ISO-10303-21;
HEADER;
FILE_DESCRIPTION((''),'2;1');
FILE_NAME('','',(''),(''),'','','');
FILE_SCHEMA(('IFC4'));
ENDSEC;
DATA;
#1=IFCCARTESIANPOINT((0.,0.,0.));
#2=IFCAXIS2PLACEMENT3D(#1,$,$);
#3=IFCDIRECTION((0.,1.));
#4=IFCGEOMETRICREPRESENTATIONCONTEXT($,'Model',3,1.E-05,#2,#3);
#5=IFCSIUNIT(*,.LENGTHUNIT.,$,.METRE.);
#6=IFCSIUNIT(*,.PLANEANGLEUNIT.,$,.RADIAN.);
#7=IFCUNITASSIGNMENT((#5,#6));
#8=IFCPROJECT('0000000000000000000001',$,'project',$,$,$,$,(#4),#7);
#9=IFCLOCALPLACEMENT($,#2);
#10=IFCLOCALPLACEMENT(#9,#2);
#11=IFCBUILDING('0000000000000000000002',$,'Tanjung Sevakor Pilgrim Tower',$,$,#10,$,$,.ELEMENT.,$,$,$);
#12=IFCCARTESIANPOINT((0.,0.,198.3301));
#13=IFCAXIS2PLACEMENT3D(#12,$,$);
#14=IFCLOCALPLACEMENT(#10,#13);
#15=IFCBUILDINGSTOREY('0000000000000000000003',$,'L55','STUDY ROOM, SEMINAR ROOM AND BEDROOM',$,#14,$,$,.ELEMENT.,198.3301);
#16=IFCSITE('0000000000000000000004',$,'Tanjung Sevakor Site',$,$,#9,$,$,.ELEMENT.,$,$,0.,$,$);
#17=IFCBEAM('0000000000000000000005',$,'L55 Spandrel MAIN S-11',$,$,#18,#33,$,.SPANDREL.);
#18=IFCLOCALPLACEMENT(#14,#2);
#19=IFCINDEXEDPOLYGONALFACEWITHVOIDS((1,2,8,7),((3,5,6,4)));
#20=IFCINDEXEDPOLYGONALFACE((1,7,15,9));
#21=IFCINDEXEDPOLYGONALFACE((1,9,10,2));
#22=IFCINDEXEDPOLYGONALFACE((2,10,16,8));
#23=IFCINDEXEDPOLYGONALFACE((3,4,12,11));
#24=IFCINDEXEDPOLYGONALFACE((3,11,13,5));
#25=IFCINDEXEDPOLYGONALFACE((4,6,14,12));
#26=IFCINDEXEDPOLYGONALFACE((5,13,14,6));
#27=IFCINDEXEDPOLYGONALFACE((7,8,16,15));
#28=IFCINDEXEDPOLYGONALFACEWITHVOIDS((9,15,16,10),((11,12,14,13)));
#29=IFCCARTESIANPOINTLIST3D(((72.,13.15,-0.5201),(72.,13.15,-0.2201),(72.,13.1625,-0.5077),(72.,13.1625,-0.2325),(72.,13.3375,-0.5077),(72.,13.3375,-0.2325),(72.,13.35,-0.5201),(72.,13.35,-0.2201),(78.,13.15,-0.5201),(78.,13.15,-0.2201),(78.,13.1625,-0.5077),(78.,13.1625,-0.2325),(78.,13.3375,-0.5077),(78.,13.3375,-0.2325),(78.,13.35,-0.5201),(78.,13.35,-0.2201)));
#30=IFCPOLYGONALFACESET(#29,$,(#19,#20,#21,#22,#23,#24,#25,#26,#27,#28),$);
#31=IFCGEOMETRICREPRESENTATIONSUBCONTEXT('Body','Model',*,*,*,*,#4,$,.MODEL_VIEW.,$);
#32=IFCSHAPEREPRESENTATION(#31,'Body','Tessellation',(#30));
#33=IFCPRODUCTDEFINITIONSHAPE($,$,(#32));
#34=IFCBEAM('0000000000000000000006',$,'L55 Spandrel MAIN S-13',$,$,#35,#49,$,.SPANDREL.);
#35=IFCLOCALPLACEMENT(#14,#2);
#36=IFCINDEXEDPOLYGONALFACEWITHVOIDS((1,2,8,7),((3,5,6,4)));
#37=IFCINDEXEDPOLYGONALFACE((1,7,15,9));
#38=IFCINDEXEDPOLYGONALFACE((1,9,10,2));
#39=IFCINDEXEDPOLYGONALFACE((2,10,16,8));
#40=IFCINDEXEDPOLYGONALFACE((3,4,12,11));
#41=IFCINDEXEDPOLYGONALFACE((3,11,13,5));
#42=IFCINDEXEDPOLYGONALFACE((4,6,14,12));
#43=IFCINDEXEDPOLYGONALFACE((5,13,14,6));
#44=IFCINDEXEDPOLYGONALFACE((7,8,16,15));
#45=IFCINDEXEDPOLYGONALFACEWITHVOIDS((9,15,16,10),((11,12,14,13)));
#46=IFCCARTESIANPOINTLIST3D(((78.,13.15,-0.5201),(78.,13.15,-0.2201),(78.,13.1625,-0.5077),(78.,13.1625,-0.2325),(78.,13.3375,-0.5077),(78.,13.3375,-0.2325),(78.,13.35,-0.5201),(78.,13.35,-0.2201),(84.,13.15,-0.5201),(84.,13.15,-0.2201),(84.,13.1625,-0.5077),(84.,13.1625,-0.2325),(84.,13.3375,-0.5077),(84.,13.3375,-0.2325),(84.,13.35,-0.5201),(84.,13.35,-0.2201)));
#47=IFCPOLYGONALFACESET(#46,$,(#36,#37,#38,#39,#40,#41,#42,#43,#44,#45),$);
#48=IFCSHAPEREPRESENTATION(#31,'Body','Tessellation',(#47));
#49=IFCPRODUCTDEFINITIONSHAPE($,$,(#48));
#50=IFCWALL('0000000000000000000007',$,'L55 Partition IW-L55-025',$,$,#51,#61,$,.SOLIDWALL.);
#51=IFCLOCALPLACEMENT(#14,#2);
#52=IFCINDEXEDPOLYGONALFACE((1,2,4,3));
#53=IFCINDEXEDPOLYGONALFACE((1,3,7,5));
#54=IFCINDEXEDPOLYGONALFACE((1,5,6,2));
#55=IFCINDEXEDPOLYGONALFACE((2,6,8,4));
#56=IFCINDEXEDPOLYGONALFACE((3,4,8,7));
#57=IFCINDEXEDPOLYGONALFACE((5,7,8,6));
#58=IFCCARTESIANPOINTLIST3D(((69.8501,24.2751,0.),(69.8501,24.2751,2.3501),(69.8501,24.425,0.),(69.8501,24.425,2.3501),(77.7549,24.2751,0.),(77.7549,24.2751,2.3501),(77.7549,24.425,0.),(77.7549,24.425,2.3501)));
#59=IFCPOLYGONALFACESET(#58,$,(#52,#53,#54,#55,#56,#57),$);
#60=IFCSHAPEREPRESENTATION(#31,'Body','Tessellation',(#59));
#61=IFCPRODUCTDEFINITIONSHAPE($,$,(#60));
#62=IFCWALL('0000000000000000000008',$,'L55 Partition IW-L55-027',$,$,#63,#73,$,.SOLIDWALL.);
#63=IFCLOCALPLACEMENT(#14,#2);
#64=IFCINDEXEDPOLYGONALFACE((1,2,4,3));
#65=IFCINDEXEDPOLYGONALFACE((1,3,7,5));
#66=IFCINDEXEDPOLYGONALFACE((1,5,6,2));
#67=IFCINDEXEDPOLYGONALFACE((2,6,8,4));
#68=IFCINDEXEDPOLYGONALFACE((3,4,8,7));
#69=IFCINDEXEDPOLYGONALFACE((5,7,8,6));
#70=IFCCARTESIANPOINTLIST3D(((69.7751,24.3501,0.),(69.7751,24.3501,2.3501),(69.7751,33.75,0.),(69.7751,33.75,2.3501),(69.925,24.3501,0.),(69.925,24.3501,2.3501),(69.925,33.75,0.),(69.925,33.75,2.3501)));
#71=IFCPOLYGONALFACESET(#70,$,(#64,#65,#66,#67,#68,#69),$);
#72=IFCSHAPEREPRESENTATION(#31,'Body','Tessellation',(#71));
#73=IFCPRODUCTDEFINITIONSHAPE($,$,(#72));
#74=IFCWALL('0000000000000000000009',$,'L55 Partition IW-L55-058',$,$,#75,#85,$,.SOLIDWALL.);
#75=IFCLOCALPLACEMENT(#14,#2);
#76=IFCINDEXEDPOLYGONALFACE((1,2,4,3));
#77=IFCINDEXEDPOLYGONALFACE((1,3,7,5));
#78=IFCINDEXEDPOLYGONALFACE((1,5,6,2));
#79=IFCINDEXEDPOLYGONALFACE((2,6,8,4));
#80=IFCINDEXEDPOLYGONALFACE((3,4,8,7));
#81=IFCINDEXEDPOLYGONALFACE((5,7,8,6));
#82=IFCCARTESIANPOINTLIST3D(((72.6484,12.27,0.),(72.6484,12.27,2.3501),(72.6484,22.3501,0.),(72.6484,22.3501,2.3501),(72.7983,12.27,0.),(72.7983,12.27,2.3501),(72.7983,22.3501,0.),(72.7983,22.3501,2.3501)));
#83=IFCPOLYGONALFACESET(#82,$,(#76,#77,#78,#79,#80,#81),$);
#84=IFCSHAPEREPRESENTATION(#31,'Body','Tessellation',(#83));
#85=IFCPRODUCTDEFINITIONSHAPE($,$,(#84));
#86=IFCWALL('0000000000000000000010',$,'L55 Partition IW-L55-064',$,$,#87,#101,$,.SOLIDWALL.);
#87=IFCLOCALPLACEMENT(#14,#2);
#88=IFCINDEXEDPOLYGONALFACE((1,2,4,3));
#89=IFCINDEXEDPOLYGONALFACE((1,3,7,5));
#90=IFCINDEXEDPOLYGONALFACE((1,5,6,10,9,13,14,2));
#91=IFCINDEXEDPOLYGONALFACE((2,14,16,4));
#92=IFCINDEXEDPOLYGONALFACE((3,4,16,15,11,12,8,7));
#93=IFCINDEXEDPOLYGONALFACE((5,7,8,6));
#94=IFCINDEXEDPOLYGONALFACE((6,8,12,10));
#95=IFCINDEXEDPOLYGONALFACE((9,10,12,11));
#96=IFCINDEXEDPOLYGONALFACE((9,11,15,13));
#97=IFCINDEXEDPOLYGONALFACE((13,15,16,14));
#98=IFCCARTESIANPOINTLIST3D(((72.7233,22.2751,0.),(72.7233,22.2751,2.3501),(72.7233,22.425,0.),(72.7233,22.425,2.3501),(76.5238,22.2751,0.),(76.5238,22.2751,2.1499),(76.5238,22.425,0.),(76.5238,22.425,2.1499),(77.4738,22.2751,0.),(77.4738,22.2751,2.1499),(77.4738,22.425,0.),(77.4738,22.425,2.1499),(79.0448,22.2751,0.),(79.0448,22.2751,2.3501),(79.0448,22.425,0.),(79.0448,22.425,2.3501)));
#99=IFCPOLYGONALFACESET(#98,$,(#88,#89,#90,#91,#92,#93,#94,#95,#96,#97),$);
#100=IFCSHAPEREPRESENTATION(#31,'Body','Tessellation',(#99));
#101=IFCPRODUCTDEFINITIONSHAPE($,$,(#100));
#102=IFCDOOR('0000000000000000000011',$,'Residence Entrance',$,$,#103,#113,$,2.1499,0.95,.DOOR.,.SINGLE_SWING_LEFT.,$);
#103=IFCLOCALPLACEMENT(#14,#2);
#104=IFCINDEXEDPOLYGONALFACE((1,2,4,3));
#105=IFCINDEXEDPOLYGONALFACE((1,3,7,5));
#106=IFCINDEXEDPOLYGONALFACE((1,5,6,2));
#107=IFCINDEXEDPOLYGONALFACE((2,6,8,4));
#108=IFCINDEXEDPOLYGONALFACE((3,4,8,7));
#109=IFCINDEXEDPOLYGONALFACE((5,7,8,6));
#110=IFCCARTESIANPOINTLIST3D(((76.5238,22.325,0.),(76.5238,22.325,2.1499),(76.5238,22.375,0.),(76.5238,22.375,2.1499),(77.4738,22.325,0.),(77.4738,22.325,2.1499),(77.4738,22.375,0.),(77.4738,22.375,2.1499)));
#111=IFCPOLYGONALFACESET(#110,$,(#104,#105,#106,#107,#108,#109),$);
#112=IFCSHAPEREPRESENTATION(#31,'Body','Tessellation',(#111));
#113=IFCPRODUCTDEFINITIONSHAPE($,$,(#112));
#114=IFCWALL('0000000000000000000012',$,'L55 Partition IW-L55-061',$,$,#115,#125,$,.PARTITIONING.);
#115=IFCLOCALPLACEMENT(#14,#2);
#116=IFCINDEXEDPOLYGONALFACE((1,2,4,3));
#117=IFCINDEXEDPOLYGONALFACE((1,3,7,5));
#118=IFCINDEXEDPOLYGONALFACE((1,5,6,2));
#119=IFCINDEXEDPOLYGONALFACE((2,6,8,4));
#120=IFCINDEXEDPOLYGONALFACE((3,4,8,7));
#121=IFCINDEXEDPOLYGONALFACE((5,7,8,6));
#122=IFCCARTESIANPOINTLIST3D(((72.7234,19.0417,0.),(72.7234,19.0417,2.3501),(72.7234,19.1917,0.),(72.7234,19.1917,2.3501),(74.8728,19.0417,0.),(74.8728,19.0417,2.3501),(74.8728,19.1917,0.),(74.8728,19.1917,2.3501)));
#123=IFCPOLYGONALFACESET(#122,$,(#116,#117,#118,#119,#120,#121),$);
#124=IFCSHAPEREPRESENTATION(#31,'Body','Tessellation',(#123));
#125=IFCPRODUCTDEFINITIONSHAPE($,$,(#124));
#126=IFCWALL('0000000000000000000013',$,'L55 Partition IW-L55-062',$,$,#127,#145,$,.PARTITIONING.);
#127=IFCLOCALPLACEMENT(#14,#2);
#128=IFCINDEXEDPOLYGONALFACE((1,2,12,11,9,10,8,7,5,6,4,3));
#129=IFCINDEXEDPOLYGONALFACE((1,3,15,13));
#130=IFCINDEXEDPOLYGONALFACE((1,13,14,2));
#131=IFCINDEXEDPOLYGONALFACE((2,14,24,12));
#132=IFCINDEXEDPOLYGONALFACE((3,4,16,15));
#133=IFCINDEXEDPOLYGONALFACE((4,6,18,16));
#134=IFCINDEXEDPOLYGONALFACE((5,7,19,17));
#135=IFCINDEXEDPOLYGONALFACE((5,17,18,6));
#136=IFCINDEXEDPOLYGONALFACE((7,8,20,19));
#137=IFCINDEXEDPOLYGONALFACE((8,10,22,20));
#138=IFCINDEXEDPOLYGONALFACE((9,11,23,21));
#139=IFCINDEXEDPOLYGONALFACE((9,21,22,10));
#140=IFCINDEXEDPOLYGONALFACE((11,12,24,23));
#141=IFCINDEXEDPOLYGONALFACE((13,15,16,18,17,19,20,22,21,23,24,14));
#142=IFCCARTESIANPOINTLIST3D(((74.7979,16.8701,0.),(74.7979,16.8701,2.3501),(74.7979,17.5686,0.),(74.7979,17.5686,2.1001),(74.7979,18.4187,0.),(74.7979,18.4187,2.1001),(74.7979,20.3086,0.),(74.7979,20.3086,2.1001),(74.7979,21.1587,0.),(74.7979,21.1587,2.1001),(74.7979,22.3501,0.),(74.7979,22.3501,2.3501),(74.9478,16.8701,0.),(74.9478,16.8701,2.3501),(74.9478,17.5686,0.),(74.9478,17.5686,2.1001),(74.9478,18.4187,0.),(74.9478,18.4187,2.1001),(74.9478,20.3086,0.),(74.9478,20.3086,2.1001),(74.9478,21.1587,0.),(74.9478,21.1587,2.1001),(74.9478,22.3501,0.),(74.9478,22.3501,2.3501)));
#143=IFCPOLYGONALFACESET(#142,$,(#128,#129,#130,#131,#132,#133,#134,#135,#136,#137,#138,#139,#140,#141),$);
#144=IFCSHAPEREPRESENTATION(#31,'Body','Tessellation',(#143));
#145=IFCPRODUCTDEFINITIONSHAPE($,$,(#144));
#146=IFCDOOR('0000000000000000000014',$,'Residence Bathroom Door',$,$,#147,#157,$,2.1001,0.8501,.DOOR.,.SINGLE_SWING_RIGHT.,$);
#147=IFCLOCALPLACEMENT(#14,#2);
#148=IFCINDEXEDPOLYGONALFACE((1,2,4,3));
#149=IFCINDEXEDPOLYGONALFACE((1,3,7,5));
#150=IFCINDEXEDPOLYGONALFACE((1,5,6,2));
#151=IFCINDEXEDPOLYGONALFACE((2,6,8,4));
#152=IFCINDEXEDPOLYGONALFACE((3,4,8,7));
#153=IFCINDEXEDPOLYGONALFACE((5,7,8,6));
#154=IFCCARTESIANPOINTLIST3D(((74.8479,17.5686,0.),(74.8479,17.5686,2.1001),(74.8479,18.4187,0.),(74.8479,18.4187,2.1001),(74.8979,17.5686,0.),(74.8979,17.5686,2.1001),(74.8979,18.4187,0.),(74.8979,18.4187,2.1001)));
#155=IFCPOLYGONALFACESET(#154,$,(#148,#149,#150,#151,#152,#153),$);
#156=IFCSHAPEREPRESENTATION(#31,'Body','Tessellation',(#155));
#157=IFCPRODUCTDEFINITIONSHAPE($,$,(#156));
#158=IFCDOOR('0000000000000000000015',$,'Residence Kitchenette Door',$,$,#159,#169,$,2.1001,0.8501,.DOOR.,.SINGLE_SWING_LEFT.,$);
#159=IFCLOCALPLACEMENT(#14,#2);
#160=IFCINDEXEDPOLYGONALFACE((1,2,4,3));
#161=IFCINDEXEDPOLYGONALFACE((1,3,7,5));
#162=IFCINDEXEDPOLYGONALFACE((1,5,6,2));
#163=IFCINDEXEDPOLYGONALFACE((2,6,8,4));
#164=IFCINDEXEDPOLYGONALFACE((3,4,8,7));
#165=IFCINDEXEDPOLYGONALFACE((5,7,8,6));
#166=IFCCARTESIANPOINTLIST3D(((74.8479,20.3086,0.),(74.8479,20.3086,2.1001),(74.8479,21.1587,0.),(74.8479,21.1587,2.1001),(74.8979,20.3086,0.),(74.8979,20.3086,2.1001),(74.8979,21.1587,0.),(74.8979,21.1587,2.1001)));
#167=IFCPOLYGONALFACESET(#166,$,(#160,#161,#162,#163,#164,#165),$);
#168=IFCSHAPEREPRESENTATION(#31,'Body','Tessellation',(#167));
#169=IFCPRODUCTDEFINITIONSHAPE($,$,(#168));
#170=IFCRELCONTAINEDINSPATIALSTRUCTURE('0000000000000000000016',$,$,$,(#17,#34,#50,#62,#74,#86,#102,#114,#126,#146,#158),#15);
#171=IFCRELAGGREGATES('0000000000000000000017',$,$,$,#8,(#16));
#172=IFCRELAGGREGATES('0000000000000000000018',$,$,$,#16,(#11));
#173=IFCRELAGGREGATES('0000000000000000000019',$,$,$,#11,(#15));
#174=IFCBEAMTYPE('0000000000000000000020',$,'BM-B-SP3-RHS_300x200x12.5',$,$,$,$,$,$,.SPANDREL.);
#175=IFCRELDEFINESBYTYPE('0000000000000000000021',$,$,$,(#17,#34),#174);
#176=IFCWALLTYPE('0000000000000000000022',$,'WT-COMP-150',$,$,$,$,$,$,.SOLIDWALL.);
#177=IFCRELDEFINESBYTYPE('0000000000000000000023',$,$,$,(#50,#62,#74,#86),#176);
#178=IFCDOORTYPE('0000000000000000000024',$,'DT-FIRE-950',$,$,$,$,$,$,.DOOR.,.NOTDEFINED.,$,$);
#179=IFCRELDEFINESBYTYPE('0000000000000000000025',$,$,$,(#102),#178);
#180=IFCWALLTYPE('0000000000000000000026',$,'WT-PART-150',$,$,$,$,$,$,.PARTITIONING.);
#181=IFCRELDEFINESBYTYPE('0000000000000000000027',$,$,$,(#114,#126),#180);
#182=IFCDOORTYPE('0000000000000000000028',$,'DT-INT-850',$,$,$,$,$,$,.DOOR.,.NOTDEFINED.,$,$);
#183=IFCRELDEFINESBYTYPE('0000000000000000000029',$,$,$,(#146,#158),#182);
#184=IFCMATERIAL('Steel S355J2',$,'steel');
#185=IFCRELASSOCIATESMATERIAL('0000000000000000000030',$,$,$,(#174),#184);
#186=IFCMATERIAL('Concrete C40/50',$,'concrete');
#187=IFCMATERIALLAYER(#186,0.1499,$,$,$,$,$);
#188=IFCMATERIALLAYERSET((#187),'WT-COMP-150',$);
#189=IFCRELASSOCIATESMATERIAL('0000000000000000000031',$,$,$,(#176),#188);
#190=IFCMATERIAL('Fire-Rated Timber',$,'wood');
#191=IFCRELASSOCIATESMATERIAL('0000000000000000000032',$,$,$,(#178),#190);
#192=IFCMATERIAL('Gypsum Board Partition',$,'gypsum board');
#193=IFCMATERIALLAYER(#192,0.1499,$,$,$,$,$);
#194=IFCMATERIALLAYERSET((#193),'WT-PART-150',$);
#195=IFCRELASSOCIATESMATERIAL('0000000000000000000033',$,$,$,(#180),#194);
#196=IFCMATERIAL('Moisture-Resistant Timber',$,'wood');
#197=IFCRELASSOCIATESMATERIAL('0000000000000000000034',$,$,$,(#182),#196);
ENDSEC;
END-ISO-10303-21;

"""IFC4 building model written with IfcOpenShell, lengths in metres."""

from ifc_helpers import new_model, si_unit, direction, frame, frame_2d, origin, origin_2d, place, context, subcontext, project, spatial, rectangle, hollow_rectangle, extrude, material, layer, layer_set, material_profile, profile_set, type_object, element, fill, save


model = new_model("IFC4")

# Units and contexts
model_context = context("Model", 3, precision=1e-05, world=origin(), true_north=direction((0.0, 1.0)))
body_context = subcontext(model_context, "Body", "Model", "MODEL_VIEW")
ifc_project = project(units=[si_unit("LENGTHUNIT", "METRE"), si_unit("PLANEANGLEUNIT", "RADIAN")], contexts=[model_context])

# Site, building, storey
site_placement = place(None, origin())
site = spatial("IfcSite", under=ifc_project, at=site_placement, Name="Tanjung Sevakor Site", CompositionType="ELEMENT", RefElevation=0.0)
building_placement = place(site_placement, origin())
building = spatial("IfcBuilding", under=site, at=building_placement, Name="Tanjung Sevakor Pilgrim Tower", CompositionType="ELEMENT")
storey_placement = place(building_placement, frame((0.0, 0.0, 198.3301)))
storey = spatial("IfcBuildingStorey", under=building, at=storey_placement, Name="L55", Description="STUDY ROOM, SEMINAR ROOM AND BEDROOM", CompositionType="ELEMENT", Elevation=198.3301)

# Beams
ifc_material_1 = material(Name="Steel S355J2", Category="steel")
ifc_material_profile_1 = material_profile(ifc_material_1, hollow_rectangle(XDim=0.2, YDim=0.3, WallThickness=0.0125, at=origin_2d()))
ifc_profile_set_1 = profile_set([ifc_material_profile_1], Name="Steel S355J2")
beam_type_1 = type_object("IfcBeamType", Name="BM-B-SP3-RHS_300x200x12.5", PredefinedType="SPANDREL", material=ifc_profile_set_1)
for number, where, z_axis, x_axis, name in (
    (1, (72.0, 13.25, -0.3701), (1.0, 0.0, 0.0), (0.0, 1.0, 0.0), "L55 Spandrel MAIN S-11"),
    (2, (78.0, 13.25, -0.3701), (1.0, 0.0, 0.0), (0.0, 1.0, 0.0), "L55 Spandrel MAIN S-13"),
):
    element("IfcBeam", number, at=place(storey_placement, frame(where, z_axis=z_axis, x_axis=x_axis)), inside=storey, type_object=beam_type_1, Name=name, PredefinedType="SPANDREL", context=body_context, shape_type="SweptSolid", body=[
        extrude(hollow_rectangle(XDim=0.2, YDim=0.3, WallThickness=0.0125, at=origin_2d()), origin(), (0.0, 0.0, 1.0), 6.0),
    ])

# Walls
ifc_material_2 = material(Name="Concrete C40/50", Category="concrete")
ifc_layer_1 = layer(ifc_material_2, 0.1499)
ifc_layer_set_1 = layer_set([ifc_layer_1], Name="WT-COMP-150")
wall_type_1 = type_object("IfcWallType", Name="WT-COMP-150", PredefinedType="SOLIDWALL", material=ifc_layer_set_1)
wall_1_placement = place(storey_placement, frame((69.8501, 24.3501, 0.0), z_axis=(0.0, 0.0, 1.0), x_axis=(1.0, 0.0, 0.0)))
element("IfcWall", 3, at=wall_1_placement, inside=storey, type_object=wall_type_1, Name="L55 Partition IW-L55-025", PredefinedType="SOLIDWALL", context=body_context, shape_type="SweptSolid", body=[
    extrude(rectangle(XDim=7.9048, YDim=0.1499, at=frame_2d((3.9524, 0.0))), origin(), (0.0, 0.0, 1.0), 2.3501),
])
wall_2_placement = place(storey_placement, frame((69.8501, 24.3501, 0.0), z_axis=(0.0, 0.0, 1.0), x_axis=(0.0, 1.0, 0.0)))
element("IfcWall", 4, at=wall_2_placement, inside=storey, type_object=wall_type_1, Name="L55 Partition IW-L55-027", PredefinedType="SOLIDWALL", context=body_context, shape_type="SweptSolid", body=[
    extrude(rectangle(XDim=9.3999, YDim=0.1499, at=frame_2d((4.7, 0.0))), origin(), (0.0, 0.0, 1.0), 2.3501),
])
wall_3_placement = place(storey_placement, frame((72.7234, 12.27, 0.0), z_axis=(0.0, 0.0, 1.0), x_axis=(0.0, 1.0, 0.0)))
element("IfcWall", 5, at=wall_3_placement, inside=storey, type_object=wall_type_1, Name="L55 Partition IW-L55-058", PredefinedType="SOLIDWALL", context=body_context, shape_type="SweptSolid", body=[
    extrude(rectangle(XDim=10.0801, YDim=0.1499, at=frame_2d((5.04, 0.0))), origin(), (0.0, 0.0, 1.0), 2.3501),
])

# Wall, opening, door
wall_4_placement = place(storey_placement, frame((72.7234, 22.3501, 0.0), z_axis=(0.0, 0.0, 1.0), x_axis=(1.0, 0.0, 0.0)))
wall_4 = element("IfcWall", 6, at=wall_4_placement, inside=storey, type_object=wall_type_1, Name="L55 Partition IW-L55-064", PredefinedType="SOLIDWALL", context=body_context, shape_type="SweptSolid", body=[
    extrude(rectangle(XDim=6.3215, YDim=0.1499, at=frame_2d((3.1606, 0.0))), origin(), (0.0, 0.0, 1.0), 2.3501),
])
opening_1_placement = place(wall_4_placement, frame((3.8003, 0.0, 0.0)))
opening_1 = element("IfcOpeningElement", 7, at=opening_1_placement, cuts=wall_4, PredefinedType="OPENING", context=body_context, shape_type="SweptSolid", body=[
    extrude(rectangle(XDim=0.95, YDim=2.1499, at=frame_2d((0.4751, 1.075))), frame((0.0, 0.085, 0.0), z_axis=(0.0, -1.0, 0.0), x_axis=(1.0, 0.0, 0.0)), (0.0, 0.0, 1.0), 0.1699),
])
ifc_material_3 = material(Name="Fire-Rated Timber", Category="wood")
door_type_1 = type_object("IfcDoorType", Name="DT-FIRE-950", OperationType="NOTDEFINED", PredefinedType="DOOR", material=ifc_material_3)
door_1_placement = place(opening_1_placement, origin())
door_1 = element("IfcDoor", 8, at=door_1_placement, inside=storey, type_object=door_type_1, Name="Residence Entrance", OperationType="SINGLE_SWING_LEFT", OverallHeight=2.1499, OverallWidth=0.95, PredefinedType="DOOR", context=body_context, shape_type="SweptSolid", body=[
    extrude(rectangle(XDim=0.95, YDim=2.1499, at=frame_2d((0.4751, 1.075))), frame((0.0, 0.0249, 0.0), z_axis=(0.0, -1.0, 0.0), x_axis=(1.0, 0.0, 0.0)), (0.0, 0.0, 1.0), 0.05),
])
fill(opening_1, door_1)

# Wall
ifc_material_4 = material(Name="Gypsum Board Partition", Category="gypsum board")
ifc_layer_2 = layer(ifc_material_4, 0.1499)
ifc_layer_set_2 = layer_set([ifc_layer_2], Name="WT-PART-150")
wall_type_2 = type_object("IfcWallType", Name="WT-PART-150", PredefinedType="PARTITIONING", material=ifc_layer_set_2)
wall_5_placement = place(storey_placement, frame((72.7234, 19.1167, 0.0), z_axis=(0.0, 0.0, 1.0), x_axis=(1.0, 0.0, 0.0)))
element("IfcWall", 9, at=wall_5_placement, inside=storey, type_object=wall_type_2, Name="L55 Partition IW-L55-061", PredefinedType="PARTITIONING", context=body_context, shape_type="SweptSolid", body=[
    extrude(rectangle(XDim=2.1494, YDim=0.1499, at=frame_2d((1.0747, 0.0))), origin(), (0.0, 0.0, 1.0), 2.3501),
])

# Wall, openings, doors
wall_6_placement = place(storey_placement, frame((74.8728, 16.8701, 0.0), z_axis=(0.0, 0.0, 1.0), x_axis=(0.0, 1.0, 0.0)))
wall_6 = element("IfcWall", 10, at=wall_6_placement, inside=storey, type_object=wall_type_2, Name="L55 Partition IW-L55-062", PredefinedType="PARTITIONING", context=body_context, shape_type="SweptSolid", body=[
    extrude(rectangle(XDim=5.48, YDim=0.1499, at=frame_2d((2.74, 0.0))), origin(), (0.0, 0.0, 1.0), 2.3501),
])
opening_2_placement = place(wall_6_placement, frame((0.6985, 0.0, 0.0)))
opening_2 = element("IfcOpeningElement", 11, at=opening_2_placement, cuts=wall_6, PredefinedType="OPENING", context=body_context, shape_type="SweptSolid", body=[
    extrude(rectangle(XDim=0.8501, YDim=2.1001, at=frame_2d((0.425, 1.05))), frame((0.0, 0.085, 0.0), z_axis=(0.0, -1.0, 0.0), x_axis=(1.0, 0.0, 0.0)), (0.0, 0.0, 1.0), 0.1699),
])
opening_3_placement = place(wall_6_placement, frame((3.4385, 0.0, 0.0)))
opening_3 = element("IfcOpeningElement", 12, at=opening_3_placement, cuts=wall_6, PredefinedType="OPENING", context=body_context, shape_type="SweptSolid", body=[
    extrude(rectangle(XDim=0.8501, YDim=2.1001, at=frame_2d((0.425, 1.05))), frame((0.0, 0.085, 0.0), z_axis=(0.0, -1.0, 0.0), x_axis=(1.0, 0.0, 0.0)), (0.0, 0.0, 1.0), 0.1699),
])
ifc_material_5 = material(Name="Moisture-Resistant Timber", Category="wood")
door_type_2 = type_object("IfcDoorType", Name="DT-INT-850", OperationType="NOTDEFINED", PredefinedType="DOOR", material=ifc_material_5)
door_2_placement = place(opening_2_placement, origin())
door_2 = element("IfcDoor", 13, at=door_2_placement, inside=storey, type_object=door_type_2, Name="Residence Bathroom Door", OperationType="SINGLE_SWING_RIGHT", OverallHeight=2.1001, OverallWidth=0.8501, PredefinedType="DOOR", context=body_context, shape_type="SweptSolid", body=[
    extrude(rectangle(XDim=0.8501, YDim=2.1001, at=frame_2d((0.425, 1.05))), frame((0.0, 0.0249, 0.0), z_axis=(0.0, -1.0, 0.0), x_axis=(1.0, 0.0, 0.0)), (0.0, 0.0, 1.0), 0.05),
])
fill(opening_2, door_2)
door_3_placement = place(opening_3_placement, origin())
door_3 = element("IfcDoor", 14, at=door_3_placement, inside=storey, type_object=door_type_2, Name="Residence Kitchenette Door", OperationType="SINGLE_SWING_LEFT", OverallHeight=2.1001, OverallWidth=0.8501, PredefinedType="DOOR", context=body_context, shape_type="SweptSolid", body=[
    extrude(rectangle(XDim=0.8501, YDim=2.1001, at=frame_2d((0.425, 1.05))), frame((0.0, 0.0249, 0.0), z_axis=(0.0, -1.0, 0.0), x_axis=(1.0, 0.0, 0.0)), (0.0, 0.0, 1.0), 0.05),
])
fill(opening_3, door_3)

save(model, "model.ifc")
